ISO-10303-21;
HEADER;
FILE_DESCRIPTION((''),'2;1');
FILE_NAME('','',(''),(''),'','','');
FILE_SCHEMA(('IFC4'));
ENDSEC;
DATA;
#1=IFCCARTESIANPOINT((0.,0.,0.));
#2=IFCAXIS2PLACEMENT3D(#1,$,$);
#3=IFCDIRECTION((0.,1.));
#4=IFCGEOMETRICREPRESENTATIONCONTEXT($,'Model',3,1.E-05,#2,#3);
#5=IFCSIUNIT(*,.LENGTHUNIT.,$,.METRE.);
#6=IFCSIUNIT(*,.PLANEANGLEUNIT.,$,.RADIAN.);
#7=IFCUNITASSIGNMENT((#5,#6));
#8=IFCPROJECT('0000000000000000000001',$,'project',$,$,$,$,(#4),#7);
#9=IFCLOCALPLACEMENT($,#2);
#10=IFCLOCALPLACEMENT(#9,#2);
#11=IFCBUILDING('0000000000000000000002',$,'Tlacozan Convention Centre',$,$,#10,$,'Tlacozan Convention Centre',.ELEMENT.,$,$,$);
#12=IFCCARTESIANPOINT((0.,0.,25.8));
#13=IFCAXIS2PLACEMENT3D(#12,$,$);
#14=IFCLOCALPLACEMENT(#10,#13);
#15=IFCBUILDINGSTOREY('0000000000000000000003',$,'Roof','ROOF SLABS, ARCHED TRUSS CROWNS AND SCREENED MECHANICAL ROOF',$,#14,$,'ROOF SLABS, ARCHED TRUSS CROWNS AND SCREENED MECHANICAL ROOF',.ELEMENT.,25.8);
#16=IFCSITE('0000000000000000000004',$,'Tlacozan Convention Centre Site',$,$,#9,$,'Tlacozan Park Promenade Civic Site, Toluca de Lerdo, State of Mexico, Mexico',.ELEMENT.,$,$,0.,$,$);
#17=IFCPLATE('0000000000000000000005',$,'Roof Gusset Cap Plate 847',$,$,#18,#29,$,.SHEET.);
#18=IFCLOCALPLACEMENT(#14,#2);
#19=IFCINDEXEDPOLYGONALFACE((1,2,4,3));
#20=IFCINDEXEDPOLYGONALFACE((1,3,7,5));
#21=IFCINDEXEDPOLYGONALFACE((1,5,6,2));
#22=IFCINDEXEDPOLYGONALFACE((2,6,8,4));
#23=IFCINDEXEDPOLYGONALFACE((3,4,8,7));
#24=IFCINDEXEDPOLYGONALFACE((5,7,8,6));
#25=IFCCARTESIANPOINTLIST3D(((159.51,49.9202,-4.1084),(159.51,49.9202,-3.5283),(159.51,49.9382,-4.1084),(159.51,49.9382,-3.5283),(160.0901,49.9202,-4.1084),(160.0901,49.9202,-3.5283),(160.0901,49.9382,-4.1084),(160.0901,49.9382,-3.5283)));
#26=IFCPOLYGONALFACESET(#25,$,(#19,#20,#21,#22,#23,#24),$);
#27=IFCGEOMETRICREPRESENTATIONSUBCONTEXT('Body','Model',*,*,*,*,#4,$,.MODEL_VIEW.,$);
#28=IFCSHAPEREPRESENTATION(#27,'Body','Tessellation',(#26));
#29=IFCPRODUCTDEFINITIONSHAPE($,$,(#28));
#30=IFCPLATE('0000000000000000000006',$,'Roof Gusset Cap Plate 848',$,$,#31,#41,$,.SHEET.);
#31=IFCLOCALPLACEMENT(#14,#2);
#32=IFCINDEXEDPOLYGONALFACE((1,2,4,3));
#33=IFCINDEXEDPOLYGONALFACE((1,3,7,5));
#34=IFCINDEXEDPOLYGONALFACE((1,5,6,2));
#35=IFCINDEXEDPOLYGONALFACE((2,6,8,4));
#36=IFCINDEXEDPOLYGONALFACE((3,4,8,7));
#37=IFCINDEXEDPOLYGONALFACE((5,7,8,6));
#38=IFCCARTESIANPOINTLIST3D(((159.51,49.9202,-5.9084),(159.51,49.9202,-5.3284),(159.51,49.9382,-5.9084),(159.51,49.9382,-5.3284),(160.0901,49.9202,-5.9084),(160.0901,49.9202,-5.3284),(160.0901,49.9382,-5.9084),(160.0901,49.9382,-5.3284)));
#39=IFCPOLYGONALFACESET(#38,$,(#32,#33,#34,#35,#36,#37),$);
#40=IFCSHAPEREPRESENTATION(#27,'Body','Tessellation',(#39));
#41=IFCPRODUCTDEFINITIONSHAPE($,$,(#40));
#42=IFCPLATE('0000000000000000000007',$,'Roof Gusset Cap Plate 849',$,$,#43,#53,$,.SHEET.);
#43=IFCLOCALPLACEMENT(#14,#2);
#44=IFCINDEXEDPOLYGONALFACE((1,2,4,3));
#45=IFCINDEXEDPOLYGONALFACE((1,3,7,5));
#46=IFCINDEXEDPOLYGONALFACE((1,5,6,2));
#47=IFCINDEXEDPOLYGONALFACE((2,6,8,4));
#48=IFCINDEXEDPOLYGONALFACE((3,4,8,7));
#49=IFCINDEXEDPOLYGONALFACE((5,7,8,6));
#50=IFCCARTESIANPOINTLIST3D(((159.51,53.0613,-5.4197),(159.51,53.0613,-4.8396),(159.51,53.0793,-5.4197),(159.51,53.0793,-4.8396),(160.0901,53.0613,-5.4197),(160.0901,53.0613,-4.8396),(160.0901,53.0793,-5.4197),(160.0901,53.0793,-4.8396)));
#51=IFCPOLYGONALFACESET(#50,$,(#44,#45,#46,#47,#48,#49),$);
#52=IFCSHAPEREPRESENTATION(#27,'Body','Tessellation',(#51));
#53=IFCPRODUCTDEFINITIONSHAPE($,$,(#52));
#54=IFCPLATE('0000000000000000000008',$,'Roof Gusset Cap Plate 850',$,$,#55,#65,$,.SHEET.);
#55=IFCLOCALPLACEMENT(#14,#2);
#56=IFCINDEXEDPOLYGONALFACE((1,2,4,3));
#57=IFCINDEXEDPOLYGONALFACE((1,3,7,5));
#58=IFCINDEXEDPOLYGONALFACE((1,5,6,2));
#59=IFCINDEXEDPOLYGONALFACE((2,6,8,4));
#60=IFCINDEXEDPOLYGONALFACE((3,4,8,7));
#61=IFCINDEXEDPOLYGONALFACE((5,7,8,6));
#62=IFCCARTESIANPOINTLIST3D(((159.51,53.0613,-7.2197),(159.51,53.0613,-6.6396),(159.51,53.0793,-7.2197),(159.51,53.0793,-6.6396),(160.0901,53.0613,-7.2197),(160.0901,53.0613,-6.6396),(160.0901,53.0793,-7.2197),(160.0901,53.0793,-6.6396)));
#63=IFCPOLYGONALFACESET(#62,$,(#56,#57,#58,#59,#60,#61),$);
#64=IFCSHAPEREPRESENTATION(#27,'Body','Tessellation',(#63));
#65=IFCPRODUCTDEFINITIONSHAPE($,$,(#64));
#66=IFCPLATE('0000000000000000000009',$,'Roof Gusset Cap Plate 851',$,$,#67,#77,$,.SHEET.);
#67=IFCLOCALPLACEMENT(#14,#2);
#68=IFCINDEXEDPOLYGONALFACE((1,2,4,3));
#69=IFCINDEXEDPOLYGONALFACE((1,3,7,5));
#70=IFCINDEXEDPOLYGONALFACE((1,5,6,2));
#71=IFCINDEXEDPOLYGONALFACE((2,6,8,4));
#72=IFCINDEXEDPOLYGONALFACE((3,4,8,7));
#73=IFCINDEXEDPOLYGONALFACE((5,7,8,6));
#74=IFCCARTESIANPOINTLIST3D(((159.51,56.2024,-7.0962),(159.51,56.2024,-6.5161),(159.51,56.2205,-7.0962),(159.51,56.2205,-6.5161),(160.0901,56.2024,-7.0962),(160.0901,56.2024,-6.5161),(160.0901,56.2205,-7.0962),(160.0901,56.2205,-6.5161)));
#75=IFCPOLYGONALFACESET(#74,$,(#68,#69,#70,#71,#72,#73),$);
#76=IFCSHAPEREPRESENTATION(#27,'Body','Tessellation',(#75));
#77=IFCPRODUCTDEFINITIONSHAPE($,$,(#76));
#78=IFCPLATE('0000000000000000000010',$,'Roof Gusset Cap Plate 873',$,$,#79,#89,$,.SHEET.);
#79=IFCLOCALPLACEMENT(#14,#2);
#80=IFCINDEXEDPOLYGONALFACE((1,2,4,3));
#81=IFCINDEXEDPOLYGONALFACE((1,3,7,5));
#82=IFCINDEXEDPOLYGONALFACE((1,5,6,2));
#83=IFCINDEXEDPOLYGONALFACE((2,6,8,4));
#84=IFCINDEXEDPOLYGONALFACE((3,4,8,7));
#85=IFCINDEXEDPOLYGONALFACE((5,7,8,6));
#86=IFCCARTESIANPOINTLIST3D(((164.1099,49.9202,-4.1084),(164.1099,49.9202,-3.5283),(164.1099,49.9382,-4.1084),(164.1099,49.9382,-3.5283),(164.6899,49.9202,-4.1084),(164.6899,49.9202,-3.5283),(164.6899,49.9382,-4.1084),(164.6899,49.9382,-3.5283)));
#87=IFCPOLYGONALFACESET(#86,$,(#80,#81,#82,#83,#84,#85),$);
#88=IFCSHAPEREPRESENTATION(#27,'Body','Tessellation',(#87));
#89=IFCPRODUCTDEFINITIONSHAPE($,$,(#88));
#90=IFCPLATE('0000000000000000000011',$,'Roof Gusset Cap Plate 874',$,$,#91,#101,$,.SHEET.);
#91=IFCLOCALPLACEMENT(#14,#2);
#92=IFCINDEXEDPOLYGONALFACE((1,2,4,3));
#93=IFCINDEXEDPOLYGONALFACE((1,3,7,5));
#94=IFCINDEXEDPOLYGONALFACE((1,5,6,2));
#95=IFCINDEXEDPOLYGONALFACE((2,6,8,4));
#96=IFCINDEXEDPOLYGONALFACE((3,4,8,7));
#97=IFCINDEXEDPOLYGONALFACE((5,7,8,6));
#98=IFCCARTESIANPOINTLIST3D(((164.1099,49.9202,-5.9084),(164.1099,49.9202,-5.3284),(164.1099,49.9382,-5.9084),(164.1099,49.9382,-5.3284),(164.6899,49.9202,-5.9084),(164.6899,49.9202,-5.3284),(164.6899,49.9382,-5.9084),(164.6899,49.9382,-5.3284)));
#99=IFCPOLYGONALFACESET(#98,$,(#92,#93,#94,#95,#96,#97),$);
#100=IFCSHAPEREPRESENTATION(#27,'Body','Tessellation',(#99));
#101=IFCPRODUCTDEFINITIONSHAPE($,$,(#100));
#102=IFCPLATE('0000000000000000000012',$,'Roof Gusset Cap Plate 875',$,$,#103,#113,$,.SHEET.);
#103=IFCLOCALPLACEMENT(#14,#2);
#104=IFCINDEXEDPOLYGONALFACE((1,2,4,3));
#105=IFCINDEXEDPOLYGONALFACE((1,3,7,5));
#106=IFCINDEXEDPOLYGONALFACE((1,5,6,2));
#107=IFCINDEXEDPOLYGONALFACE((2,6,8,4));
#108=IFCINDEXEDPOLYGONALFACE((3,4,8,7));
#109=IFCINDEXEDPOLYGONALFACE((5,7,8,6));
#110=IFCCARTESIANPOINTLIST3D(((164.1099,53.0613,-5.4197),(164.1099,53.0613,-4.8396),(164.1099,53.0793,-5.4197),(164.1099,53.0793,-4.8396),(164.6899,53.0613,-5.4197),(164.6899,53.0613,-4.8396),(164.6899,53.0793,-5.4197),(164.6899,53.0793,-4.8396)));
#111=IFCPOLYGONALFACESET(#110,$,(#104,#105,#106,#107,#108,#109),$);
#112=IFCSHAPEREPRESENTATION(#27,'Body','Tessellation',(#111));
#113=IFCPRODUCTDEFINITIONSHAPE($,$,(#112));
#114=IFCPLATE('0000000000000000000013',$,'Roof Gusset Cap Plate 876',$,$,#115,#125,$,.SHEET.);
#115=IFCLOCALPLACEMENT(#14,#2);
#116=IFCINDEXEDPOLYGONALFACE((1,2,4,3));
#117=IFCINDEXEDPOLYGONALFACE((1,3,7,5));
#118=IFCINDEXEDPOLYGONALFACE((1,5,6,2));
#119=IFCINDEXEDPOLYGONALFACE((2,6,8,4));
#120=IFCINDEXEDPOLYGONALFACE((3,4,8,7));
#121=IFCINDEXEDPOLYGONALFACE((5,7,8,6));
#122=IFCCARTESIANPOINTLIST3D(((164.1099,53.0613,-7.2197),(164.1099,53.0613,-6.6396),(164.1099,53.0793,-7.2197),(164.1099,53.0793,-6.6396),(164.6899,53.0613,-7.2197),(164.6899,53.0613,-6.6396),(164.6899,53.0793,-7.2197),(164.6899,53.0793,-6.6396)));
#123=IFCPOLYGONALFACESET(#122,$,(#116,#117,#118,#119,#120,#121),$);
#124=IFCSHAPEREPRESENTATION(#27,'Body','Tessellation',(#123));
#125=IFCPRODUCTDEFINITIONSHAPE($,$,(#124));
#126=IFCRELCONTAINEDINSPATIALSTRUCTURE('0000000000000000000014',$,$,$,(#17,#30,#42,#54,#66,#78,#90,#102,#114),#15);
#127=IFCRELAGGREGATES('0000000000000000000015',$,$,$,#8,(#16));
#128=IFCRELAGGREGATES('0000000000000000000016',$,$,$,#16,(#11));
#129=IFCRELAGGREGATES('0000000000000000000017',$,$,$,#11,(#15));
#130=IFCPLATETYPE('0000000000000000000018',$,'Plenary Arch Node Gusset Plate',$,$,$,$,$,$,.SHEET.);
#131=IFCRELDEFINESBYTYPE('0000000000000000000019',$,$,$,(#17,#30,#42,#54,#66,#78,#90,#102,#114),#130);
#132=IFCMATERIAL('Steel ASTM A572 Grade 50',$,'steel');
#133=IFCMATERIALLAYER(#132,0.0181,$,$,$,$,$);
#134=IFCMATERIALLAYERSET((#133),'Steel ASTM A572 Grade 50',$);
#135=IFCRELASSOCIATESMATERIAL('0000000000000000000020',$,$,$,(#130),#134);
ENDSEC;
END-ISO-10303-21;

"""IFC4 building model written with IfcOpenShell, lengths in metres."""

from ifc_helpers import new_model, si_unit, direction, frame, origin, origin_2d, place, context, subcontext, project, spatial, rectangle, extrude, material, layer, layer_set, type_object, element, save


model = new_model("IFC4")

# Units and contexts
model_context = context("Model", 3, precision=1e-05, world=origin(), true_north=direction((0.0, 1.0)))
body_context = subcontext(model_context, "Body", "Model", "MODEL_VIEW")
ifc_project = project(units=[si_unit("LENGTHUNIT", "METRE"), si_unit("PLANEANGLEUNIT", "RADIAN")], contexts=[model_context])

# Site, building, storey
site_placement = place(None, origin())
site = spatial("IfcSite", under=ifc_project, at=site_placement, Name="Tlacozan Convention Centre Site", LongName="Tlacozan Park Promenade Civic Site, Toluca de Lerdo, State of Mexico, Mexico", CompositionType="ELEMENT", RefElevation=0.0)
building_placement = place(site_placement, origin())
building = spatial("IfcBuilding", under=site, at=building_placement, Name="Tlacozan Convention Centre", LongName="Tlacozan Convention Centre", CompositionType="ELEMENT")
storey_placement = place(building_placement, frame((0.0, 0.0, 25.8)))
storey = spatial("IfcBuildingStorey", under=building, at=storey_placement, Name="Roof", Description="ROOF SLABS, ARCHED TRUSS CROWNS AND SCREENED MECHANICAL ROOF", LongName="ROOF SLABS, ARCHED TRUSS CROWNS AND SCREENED MECHANICAL ROOF", CompositionType="ELEMENT", Elevation=25.8)

# Plates
ifc_material_1 = material(Name="Steel ASTM A572 Grade 50", Category="steel")
ifc_layer = layer(ifc_material_1, 0.0181)
ifc_layer_set = layer_set([ifc_layer], Name="Steel ASTM A572 Grade 50")
plate_type = type_object("IfcPlateType", Name="Plenary Arch Node Gusset Plate", PredefinedType="SHEET", material=ifc_layer_set)
for number, where, z_axis, x_axis, name in (
    (1, (159.8, 49.9292, -4.1084), (0.0, 0.0, 1.0), (0.0, 1.0, 0.0), "Roof Gusset Cap Plate 847"),
    (2, (159.8, 49.9292, -5.9084), (0.0, 0.0, 1.0), (0.0, 1.0, 0.0), "Roof Gusset Cap Plate 848"),
    (3, (159.8, 53.0703, -5.4197), (0.0, 0.0, 1.0), (0.0, 1.0, 0.0), "Roof Gusset Cap Plate 849"),
    (4, (159.8, 53.0703, -7.2197), (0.0, 0.0, 1.0), (0.0, 1.0, 0.0), "Roof Gusset Cap Plate 850"),
    (5, (159.8, 56.2114, -7.0962), (0.0, 0.0, 1.0), (0.0, 1.0, 0.0), "Roof Gusset Cap Plate 851"),
    (6, (164.3999, 49.9292, -4.1084), (0.0, 0.0, 1.0), (0.0, 1.0, 0.0), "Roof Gusset Cap Plate 873"),
    (7, (164.3999, 49.9292, -5.9084), (0.0, 0.0, 1.0), (0.0, 1.0, 0.0), "Roof Gusset Cap Plate 874"),
    (8, (164.3999, 53.0703, -5.4197), (0.0, 0.0, 1.0), (0.0, 1.0, 0.0), "Roof Gusset Cap Plate 875"),
    (9, (164.3999, 53.0703, -7.2197), (0.0, 0.0, 1.0), (0.0, 1.0, 0.0), "Roof Gusset Cap Plate 876"),
):
    element("IfcPlate", number, at=place(storey_placement, frame(where, z_axis=z_axis, x_axis=x_axis)), inside=storey, type_object=plate_type, Name=name, PredefinedType="SHEET", context=body_context, shape_type="SweptSolid", body=[
        extrude(rectangle(XDim=0.0181, YDim=0.5801, at=origin_2d()), origin(), (0.0, 0.0, 1.0), 0.5801),
    ])

save(model, "model.ifc")
